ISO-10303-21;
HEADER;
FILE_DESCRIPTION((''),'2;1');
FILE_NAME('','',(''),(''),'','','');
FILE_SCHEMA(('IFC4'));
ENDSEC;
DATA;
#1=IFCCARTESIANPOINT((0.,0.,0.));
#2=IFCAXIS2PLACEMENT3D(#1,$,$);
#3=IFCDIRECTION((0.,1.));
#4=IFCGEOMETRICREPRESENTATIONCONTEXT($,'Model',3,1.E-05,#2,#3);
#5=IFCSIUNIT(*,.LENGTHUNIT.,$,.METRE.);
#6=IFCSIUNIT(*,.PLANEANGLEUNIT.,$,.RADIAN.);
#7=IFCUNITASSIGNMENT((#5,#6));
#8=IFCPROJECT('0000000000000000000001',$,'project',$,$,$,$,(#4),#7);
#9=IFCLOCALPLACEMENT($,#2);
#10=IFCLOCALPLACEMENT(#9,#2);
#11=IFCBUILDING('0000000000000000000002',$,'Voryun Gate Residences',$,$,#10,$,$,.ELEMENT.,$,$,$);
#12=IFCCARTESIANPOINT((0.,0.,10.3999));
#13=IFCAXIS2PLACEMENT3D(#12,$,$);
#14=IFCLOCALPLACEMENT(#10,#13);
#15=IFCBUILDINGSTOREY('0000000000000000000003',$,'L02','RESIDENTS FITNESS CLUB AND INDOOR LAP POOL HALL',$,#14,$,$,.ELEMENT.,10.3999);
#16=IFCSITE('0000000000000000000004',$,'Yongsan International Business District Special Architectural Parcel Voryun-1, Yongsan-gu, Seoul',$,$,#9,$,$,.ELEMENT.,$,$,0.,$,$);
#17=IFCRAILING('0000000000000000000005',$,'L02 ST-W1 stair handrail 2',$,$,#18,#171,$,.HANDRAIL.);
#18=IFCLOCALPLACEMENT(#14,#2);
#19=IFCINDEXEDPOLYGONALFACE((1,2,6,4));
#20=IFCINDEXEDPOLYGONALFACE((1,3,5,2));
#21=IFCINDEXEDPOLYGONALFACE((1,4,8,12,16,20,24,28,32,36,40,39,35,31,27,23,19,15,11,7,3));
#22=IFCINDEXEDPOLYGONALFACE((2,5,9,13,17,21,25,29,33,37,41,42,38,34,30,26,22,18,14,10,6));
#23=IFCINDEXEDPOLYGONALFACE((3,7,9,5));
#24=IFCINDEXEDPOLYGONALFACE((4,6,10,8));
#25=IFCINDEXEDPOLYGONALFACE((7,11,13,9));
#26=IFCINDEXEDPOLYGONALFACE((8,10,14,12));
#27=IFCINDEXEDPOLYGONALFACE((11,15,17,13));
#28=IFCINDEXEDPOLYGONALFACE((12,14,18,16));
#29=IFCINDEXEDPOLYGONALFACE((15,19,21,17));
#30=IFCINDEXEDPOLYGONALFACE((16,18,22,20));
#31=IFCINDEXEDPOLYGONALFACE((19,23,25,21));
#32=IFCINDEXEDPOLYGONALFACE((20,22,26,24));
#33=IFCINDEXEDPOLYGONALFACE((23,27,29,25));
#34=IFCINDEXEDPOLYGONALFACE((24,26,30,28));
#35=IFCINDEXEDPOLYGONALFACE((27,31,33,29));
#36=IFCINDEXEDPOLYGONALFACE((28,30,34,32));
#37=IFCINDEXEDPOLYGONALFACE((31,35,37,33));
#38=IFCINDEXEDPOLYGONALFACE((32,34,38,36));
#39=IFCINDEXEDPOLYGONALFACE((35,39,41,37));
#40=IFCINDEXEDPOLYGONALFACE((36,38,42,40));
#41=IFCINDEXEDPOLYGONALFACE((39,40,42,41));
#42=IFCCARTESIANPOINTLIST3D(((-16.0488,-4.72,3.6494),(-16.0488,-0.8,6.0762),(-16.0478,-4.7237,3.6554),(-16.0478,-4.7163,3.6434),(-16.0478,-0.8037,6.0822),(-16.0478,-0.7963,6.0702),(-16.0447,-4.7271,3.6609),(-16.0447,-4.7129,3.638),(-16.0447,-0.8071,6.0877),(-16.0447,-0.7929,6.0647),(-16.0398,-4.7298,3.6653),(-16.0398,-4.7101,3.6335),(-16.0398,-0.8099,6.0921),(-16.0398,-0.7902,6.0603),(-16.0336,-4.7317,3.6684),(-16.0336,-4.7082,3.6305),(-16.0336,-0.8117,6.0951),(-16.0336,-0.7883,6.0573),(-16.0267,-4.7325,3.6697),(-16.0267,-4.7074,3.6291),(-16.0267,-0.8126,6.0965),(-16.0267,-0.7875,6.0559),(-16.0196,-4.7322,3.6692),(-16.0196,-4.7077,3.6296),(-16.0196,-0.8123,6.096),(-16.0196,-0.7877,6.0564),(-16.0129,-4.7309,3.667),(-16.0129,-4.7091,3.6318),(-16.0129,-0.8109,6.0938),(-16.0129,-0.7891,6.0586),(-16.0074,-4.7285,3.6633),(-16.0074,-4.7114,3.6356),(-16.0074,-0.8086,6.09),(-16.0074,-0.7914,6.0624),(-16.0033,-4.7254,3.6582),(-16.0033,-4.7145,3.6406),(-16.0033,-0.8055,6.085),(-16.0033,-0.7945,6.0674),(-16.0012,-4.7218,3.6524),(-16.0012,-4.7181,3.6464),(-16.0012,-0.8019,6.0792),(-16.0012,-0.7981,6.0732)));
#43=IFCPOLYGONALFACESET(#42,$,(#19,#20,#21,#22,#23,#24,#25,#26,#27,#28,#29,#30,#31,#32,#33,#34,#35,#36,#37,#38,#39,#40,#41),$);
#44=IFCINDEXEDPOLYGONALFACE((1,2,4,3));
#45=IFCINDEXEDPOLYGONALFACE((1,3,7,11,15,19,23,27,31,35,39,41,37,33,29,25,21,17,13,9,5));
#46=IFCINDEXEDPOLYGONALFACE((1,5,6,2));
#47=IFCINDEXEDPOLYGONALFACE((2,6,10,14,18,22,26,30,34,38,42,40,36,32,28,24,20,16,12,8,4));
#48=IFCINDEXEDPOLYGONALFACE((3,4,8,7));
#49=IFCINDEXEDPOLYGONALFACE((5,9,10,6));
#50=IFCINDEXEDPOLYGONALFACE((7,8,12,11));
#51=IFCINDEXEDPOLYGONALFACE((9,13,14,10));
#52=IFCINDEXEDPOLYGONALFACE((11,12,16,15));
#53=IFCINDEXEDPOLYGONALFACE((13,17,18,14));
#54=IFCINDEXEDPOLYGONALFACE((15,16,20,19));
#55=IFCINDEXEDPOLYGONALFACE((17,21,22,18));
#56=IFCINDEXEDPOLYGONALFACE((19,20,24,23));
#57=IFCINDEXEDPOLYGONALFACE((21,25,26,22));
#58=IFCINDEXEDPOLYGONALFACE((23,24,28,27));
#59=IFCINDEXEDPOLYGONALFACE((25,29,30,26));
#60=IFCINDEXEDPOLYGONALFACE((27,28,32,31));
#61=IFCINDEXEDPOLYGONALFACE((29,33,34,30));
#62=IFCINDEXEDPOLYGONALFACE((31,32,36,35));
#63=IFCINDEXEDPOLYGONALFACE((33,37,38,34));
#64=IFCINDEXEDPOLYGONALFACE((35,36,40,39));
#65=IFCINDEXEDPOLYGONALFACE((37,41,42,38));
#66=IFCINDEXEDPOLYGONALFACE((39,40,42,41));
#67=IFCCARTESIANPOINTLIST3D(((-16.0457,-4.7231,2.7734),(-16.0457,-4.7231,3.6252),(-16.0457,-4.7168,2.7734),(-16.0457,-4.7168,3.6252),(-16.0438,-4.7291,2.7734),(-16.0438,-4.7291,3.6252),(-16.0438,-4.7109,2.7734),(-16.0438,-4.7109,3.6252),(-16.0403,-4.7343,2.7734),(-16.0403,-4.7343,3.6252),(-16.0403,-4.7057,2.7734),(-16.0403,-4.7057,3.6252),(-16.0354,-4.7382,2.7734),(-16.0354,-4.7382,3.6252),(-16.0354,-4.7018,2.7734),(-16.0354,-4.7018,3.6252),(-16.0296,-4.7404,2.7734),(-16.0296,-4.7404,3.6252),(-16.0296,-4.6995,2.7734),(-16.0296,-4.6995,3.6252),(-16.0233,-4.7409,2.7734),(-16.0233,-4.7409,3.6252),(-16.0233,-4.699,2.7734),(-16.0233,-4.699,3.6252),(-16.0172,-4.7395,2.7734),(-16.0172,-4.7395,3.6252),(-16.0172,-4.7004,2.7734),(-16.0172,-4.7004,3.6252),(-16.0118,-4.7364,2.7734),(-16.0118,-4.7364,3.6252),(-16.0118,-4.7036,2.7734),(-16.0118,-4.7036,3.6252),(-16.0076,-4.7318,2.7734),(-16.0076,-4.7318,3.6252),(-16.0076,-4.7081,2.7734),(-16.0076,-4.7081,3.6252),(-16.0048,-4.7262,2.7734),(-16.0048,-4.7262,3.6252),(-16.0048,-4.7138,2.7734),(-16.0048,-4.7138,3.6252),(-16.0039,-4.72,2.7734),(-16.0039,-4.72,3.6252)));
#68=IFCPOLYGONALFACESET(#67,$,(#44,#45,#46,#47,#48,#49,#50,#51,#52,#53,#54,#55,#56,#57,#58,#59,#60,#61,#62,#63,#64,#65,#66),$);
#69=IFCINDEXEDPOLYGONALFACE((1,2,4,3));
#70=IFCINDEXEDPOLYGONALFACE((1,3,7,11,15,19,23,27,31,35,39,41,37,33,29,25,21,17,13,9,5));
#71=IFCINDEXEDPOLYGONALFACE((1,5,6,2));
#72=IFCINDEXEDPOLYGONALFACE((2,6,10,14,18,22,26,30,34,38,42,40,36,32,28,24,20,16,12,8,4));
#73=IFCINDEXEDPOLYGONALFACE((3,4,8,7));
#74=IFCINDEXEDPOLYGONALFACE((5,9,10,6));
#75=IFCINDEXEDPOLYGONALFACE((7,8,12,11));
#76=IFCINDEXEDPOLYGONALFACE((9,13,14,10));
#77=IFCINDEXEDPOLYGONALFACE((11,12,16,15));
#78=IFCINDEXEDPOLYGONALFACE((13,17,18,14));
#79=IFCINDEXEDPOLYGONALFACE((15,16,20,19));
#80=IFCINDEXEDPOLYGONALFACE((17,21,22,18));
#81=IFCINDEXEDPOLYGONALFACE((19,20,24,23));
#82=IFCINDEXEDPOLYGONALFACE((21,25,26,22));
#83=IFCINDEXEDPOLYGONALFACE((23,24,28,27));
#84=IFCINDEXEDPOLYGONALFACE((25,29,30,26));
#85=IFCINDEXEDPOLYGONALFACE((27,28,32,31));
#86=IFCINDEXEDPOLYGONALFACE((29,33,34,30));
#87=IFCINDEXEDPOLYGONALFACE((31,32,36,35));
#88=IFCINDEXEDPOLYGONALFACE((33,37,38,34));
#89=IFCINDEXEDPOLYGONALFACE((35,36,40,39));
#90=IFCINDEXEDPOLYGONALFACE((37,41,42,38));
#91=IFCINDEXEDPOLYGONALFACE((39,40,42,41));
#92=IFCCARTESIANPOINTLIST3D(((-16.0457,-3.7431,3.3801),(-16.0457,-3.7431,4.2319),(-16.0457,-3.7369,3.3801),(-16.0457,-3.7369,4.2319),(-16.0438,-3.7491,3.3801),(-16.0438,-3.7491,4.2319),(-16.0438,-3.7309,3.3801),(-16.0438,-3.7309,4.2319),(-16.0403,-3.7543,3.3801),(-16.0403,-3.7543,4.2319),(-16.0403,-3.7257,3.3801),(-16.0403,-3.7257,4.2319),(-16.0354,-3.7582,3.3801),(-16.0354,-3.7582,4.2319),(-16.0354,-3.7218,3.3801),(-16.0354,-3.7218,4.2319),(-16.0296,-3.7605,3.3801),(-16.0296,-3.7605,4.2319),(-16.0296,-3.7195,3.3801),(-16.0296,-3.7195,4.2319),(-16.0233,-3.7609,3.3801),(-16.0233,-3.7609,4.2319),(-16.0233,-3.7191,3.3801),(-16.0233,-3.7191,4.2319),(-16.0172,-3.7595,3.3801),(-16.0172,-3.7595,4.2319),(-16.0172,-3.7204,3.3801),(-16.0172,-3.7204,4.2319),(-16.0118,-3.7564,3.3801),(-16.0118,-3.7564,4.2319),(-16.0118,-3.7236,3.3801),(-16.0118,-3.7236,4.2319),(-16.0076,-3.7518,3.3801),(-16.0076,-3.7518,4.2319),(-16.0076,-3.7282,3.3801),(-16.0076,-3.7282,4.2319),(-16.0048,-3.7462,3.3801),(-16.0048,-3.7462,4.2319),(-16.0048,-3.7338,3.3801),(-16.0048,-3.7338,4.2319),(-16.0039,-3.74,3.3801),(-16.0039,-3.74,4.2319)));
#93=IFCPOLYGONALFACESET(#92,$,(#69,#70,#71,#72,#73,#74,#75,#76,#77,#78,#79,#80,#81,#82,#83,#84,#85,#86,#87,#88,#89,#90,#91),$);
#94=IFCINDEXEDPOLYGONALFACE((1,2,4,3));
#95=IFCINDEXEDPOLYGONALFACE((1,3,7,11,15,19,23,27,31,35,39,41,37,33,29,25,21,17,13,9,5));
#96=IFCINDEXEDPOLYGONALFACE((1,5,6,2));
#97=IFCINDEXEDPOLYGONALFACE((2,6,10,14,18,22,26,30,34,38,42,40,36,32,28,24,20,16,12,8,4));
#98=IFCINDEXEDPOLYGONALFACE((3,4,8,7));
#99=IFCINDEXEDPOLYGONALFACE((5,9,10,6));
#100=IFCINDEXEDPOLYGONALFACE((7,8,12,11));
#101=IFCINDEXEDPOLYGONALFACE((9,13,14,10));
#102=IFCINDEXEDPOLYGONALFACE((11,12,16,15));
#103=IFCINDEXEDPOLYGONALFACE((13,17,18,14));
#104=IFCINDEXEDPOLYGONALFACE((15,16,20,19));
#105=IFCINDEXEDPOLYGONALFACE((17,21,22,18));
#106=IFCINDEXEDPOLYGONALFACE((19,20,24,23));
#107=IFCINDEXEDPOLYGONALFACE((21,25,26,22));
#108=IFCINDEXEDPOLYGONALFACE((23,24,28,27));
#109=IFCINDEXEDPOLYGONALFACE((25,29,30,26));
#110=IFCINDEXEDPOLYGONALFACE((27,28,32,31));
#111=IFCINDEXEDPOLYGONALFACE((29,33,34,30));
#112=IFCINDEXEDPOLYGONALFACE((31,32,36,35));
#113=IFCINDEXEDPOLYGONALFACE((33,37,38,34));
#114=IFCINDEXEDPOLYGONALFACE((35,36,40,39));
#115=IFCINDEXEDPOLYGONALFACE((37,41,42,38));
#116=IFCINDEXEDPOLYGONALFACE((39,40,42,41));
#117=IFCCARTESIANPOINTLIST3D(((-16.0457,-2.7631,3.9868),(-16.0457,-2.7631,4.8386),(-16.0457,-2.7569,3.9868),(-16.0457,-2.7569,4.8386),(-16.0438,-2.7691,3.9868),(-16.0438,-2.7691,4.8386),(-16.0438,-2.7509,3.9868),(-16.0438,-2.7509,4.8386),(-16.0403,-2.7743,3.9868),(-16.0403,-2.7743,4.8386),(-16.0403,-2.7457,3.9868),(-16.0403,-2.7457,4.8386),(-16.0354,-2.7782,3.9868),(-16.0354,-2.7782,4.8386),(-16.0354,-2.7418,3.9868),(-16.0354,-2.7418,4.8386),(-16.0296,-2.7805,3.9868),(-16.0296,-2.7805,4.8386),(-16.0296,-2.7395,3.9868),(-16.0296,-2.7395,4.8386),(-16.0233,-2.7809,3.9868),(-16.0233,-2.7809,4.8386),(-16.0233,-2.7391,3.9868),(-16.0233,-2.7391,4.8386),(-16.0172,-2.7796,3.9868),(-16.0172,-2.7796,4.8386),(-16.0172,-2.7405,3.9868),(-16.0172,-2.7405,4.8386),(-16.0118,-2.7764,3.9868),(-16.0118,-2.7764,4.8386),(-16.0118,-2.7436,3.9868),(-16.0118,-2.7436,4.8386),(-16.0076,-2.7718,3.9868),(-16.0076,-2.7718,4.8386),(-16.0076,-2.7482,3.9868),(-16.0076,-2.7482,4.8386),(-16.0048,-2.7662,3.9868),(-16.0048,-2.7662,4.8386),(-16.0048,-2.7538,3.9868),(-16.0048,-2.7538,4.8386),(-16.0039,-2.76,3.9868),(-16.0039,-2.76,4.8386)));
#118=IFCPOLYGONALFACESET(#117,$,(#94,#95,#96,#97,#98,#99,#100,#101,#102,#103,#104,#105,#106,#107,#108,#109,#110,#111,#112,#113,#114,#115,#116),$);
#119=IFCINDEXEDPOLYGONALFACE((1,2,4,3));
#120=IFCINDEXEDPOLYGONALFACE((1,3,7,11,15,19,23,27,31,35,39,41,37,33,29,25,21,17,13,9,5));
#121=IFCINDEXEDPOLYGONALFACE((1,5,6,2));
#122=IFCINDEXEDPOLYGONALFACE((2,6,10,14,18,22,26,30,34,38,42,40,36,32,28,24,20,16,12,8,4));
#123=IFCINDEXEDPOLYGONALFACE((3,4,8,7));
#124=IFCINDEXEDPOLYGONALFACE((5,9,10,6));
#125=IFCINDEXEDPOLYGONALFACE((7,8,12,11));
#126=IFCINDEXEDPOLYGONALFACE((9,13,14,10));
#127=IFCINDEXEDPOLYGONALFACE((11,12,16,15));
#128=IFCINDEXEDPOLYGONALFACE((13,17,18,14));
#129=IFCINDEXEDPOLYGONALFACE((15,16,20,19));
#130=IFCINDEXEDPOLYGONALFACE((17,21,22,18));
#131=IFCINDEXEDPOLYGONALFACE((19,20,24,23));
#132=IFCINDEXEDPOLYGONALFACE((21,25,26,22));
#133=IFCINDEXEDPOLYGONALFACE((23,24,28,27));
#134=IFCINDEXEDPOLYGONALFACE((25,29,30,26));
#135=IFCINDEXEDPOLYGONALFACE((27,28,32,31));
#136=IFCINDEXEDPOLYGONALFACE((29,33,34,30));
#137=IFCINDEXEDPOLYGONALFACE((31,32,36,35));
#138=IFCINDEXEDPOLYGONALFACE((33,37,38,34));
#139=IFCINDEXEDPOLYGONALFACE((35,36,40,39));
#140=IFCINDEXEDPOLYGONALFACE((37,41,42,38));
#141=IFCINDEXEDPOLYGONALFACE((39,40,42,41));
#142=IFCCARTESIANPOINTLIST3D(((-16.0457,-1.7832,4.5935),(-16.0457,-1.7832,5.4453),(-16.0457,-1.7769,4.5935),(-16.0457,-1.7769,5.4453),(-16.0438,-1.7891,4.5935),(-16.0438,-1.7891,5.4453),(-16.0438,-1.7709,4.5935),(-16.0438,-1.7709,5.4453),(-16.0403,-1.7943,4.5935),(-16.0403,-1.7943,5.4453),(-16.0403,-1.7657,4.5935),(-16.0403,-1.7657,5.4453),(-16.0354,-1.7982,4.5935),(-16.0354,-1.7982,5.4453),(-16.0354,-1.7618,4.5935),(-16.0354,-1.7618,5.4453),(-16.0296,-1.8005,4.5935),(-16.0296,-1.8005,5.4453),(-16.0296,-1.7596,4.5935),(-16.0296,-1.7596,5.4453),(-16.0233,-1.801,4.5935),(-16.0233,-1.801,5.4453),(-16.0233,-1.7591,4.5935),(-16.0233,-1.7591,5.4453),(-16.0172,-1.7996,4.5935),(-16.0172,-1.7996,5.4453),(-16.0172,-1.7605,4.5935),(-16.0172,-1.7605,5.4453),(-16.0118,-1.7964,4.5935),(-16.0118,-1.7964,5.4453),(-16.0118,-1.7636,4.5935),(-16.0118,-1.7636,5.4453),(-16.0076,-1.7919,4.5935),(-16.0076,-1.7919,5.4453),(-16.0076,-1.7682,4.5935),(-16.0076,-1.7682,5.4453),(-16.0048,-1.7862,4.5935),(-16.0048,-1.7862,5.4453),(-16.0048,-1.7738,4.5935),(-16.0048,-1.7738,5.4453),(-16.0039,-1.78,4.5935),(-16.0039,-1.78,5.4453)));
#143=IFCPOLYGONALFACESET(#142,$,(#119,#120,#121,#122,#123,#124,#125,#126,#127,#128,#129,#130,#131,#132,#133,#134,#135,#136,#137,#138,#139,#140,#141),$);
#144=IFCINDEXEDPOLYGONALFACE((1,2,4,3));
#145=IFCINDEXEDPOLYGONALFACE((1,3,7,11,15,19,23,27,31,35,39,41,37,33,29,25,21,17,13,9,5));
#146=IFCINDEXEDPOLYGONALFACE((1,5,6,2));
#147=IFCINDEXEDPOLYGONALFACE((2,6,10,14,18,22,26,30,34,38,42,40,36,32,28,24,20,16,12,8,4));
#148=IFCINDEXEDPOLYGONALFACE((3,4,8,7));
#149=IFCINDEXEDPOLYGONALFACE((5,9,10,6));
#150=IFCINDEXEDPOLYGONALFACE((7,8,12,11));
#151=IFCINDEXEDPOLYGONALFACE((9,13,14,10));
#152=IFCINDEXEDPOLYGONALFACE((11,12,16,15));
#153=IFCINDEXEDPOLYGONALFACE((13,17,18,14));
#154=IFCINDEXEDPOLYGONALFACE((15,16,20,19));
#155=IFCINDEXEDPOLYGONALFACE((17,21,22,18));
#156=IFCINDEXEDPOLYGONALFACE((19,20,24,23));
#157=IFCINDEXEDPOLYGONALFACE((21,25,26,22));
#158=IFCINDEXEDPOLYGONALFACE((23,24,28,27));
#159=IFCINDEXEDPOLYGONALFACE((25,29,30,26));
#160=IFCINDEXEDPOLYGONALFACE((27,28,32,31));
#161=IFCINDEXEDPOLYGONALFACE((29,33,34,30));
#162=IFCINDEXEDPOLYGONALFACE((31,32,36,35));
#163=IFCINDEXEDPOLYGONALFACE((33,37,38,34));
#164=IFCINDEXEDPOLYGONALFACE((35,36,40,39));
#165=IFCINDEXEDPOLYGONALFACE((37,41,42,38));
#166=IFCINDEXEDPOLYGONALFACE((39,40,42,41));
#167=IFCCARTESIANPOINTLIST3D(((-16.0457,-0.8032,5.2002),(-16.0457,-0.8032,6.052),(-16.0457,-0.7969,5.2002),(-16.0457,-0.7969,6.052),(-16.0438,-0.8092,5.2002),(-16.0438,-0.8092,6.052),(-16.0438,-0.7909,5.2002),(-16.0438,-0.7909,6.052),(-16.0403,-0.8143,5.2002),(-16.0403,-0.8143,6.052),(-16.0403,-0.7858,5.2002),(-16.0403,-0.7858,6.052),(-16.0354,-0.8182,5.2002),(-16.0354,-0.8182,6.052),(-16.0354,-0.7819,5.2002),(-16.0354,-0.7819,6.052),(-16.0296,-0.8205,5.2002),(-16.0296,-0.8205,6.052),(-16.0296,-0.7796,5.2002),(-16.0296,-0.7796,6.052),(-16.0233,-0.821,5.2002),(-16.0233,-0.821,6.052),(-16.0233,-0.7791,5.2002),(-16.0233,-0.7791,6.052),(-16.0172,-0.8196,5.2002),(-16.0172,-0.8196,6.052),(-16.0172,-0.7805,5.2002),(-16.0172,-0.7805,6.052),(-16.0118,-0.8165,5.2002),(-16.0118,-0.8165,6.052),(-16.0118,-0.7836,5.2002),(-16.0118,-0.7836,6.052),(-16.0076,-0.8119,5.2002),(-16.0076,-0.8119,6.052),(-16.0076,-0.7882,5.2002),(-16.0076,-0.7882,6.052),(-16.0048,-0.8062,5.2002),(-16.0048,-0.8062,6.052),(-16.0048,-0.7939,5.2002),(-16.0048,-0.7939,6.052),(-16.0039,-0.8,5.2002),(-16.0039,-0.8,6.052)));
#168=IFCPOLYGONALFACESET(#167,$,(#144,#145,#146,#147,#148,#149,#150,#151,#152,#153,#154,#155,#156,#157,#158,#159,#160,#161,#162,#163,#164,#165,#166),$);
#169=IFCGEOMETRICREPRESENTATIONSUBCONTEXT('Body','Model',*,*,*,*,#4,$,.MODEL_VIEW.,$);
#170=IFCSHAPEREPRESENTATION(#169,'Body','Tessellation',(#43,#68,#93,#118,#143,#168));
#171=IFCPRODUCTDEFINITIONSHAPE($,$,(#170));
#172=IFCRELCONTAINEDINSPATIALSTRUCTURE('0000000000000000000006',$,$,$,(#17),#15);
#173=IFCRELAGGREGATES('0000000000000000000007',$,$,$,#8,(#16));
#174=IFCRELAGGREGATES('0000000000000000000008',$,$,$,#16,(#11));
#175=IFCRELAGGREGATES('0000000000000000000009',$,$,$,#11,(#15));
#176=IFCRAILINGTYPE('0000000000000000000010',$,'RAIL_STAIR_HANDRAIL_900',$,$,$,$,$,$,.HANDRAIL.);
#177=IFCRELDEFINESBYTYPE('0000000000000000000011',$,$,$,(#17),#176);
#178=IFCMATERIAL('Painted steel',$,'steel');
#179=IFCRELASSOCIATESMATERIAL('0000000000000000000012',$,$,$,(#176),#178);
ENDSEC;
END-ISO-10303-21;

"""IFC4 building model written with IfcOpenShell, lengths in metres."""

from ifc_helpers import new_model, si_unit, direction, frame, origin, origin_2d, place, context, subcontext, project, spatial, circle, extrude, material, type_object, element, save


model = new_model("IFC4")

# Units and contexts
model_context = context("Model", 3, precision=1e-05, world=origin(), true_north=direction((0.0, 1.0)))
body_context = subcontext(model_context, "Body", "Model", "MODEL_VIEW")
ifc_project = project(units=[si_unit("LENGTHUNIT", "METRE"), si_unit("PLANEANGLEUNIT", "RADIAN")], contexts=[model_context])

# Site, building, storey
site_placement = place(None, origin())
site = spatial("IfcSite", under=ifc_project, at=site_placement, Name="Yongsan International Business District Special Architectural Parcel Voryun-1, Yongsan-gu, Seoul", CompositionType="ELEMENT", RefElevation=0.0)
building_placement = place(site_placement, origin())
building = spatial("IfcBuilding", under=site, at=building_placement, Name="Voryun Gate Residences", CompositionType="ELEMENT")
storey_placement = place(building_placement, frame((0.0, 0.0, 10.3999)))
storey = spatial("IfcBuildingStorey", under=building, at=storey_placement, Name="L02", Description="RESIDENTS FITNESS CLUB AND INDOOR LAP POOL HALL", CompositionType="ELEMENT", Elevation=10.3999)

# Railing
ifc_material_1 = material(Name="Painted steel", Category="steel")
railing_type_1 = type_object("IfcRailingType", Name="RAIL_STAIR_HANDRAIL_900", PredefinedType="HANDRAIL", material=ifc_material_1)
railing_1_placement = place(storey_placement, frame((-16.0249, -4.72, 2.7734)))
element("IfcRailing", 1, at=railing_1_placement, inside=storey, type_object=railing_type_1, Name="L02 ST-W1 stair handrail 2", PredefinedType="HANDRAIL", context=body_context, shape_type="SweptSolid", body=[
    extrude(circle(Radius=0.0239, at=origin_2d()), frame((0.0, 0.0, 0.876), z_axis=(0.0, 0.850252, 0.526376), x_axis=(-1.0, 0.0, 0.0)), (0.0, 0.0, 1.0), 4.6104),
    extrude(circle(Radius=0.021, at=origin_2d()), origin(), (0.0, 0.0, 1.0), 0.8518),
    extrude(circle(Radius=0.021, at=origin_2d()), frame((0.0, 0.98, 0.6067)), (0.0, 0.0, 1.0), 0.8518),
    extrude(circle(Radius=0.021, at=origin_2d()), frame((0.0, 1.96, 1.2134)), (0.0, 0.0, 1.0), 0.8518),
    extrude(circle(Radius=0.021, at=origin_2d()), frame((0.0, 2.9399, 1.8201)), (0.0, 0.0, 1.0), 0.8518),
    extrude(circle(Radius=0.021, at=origin_2d()), frame((0.0, 3.9199, 2.4268)), (0.0, 0.0, 1.0), 0.8518),
])

save(model, "model.ifc")
